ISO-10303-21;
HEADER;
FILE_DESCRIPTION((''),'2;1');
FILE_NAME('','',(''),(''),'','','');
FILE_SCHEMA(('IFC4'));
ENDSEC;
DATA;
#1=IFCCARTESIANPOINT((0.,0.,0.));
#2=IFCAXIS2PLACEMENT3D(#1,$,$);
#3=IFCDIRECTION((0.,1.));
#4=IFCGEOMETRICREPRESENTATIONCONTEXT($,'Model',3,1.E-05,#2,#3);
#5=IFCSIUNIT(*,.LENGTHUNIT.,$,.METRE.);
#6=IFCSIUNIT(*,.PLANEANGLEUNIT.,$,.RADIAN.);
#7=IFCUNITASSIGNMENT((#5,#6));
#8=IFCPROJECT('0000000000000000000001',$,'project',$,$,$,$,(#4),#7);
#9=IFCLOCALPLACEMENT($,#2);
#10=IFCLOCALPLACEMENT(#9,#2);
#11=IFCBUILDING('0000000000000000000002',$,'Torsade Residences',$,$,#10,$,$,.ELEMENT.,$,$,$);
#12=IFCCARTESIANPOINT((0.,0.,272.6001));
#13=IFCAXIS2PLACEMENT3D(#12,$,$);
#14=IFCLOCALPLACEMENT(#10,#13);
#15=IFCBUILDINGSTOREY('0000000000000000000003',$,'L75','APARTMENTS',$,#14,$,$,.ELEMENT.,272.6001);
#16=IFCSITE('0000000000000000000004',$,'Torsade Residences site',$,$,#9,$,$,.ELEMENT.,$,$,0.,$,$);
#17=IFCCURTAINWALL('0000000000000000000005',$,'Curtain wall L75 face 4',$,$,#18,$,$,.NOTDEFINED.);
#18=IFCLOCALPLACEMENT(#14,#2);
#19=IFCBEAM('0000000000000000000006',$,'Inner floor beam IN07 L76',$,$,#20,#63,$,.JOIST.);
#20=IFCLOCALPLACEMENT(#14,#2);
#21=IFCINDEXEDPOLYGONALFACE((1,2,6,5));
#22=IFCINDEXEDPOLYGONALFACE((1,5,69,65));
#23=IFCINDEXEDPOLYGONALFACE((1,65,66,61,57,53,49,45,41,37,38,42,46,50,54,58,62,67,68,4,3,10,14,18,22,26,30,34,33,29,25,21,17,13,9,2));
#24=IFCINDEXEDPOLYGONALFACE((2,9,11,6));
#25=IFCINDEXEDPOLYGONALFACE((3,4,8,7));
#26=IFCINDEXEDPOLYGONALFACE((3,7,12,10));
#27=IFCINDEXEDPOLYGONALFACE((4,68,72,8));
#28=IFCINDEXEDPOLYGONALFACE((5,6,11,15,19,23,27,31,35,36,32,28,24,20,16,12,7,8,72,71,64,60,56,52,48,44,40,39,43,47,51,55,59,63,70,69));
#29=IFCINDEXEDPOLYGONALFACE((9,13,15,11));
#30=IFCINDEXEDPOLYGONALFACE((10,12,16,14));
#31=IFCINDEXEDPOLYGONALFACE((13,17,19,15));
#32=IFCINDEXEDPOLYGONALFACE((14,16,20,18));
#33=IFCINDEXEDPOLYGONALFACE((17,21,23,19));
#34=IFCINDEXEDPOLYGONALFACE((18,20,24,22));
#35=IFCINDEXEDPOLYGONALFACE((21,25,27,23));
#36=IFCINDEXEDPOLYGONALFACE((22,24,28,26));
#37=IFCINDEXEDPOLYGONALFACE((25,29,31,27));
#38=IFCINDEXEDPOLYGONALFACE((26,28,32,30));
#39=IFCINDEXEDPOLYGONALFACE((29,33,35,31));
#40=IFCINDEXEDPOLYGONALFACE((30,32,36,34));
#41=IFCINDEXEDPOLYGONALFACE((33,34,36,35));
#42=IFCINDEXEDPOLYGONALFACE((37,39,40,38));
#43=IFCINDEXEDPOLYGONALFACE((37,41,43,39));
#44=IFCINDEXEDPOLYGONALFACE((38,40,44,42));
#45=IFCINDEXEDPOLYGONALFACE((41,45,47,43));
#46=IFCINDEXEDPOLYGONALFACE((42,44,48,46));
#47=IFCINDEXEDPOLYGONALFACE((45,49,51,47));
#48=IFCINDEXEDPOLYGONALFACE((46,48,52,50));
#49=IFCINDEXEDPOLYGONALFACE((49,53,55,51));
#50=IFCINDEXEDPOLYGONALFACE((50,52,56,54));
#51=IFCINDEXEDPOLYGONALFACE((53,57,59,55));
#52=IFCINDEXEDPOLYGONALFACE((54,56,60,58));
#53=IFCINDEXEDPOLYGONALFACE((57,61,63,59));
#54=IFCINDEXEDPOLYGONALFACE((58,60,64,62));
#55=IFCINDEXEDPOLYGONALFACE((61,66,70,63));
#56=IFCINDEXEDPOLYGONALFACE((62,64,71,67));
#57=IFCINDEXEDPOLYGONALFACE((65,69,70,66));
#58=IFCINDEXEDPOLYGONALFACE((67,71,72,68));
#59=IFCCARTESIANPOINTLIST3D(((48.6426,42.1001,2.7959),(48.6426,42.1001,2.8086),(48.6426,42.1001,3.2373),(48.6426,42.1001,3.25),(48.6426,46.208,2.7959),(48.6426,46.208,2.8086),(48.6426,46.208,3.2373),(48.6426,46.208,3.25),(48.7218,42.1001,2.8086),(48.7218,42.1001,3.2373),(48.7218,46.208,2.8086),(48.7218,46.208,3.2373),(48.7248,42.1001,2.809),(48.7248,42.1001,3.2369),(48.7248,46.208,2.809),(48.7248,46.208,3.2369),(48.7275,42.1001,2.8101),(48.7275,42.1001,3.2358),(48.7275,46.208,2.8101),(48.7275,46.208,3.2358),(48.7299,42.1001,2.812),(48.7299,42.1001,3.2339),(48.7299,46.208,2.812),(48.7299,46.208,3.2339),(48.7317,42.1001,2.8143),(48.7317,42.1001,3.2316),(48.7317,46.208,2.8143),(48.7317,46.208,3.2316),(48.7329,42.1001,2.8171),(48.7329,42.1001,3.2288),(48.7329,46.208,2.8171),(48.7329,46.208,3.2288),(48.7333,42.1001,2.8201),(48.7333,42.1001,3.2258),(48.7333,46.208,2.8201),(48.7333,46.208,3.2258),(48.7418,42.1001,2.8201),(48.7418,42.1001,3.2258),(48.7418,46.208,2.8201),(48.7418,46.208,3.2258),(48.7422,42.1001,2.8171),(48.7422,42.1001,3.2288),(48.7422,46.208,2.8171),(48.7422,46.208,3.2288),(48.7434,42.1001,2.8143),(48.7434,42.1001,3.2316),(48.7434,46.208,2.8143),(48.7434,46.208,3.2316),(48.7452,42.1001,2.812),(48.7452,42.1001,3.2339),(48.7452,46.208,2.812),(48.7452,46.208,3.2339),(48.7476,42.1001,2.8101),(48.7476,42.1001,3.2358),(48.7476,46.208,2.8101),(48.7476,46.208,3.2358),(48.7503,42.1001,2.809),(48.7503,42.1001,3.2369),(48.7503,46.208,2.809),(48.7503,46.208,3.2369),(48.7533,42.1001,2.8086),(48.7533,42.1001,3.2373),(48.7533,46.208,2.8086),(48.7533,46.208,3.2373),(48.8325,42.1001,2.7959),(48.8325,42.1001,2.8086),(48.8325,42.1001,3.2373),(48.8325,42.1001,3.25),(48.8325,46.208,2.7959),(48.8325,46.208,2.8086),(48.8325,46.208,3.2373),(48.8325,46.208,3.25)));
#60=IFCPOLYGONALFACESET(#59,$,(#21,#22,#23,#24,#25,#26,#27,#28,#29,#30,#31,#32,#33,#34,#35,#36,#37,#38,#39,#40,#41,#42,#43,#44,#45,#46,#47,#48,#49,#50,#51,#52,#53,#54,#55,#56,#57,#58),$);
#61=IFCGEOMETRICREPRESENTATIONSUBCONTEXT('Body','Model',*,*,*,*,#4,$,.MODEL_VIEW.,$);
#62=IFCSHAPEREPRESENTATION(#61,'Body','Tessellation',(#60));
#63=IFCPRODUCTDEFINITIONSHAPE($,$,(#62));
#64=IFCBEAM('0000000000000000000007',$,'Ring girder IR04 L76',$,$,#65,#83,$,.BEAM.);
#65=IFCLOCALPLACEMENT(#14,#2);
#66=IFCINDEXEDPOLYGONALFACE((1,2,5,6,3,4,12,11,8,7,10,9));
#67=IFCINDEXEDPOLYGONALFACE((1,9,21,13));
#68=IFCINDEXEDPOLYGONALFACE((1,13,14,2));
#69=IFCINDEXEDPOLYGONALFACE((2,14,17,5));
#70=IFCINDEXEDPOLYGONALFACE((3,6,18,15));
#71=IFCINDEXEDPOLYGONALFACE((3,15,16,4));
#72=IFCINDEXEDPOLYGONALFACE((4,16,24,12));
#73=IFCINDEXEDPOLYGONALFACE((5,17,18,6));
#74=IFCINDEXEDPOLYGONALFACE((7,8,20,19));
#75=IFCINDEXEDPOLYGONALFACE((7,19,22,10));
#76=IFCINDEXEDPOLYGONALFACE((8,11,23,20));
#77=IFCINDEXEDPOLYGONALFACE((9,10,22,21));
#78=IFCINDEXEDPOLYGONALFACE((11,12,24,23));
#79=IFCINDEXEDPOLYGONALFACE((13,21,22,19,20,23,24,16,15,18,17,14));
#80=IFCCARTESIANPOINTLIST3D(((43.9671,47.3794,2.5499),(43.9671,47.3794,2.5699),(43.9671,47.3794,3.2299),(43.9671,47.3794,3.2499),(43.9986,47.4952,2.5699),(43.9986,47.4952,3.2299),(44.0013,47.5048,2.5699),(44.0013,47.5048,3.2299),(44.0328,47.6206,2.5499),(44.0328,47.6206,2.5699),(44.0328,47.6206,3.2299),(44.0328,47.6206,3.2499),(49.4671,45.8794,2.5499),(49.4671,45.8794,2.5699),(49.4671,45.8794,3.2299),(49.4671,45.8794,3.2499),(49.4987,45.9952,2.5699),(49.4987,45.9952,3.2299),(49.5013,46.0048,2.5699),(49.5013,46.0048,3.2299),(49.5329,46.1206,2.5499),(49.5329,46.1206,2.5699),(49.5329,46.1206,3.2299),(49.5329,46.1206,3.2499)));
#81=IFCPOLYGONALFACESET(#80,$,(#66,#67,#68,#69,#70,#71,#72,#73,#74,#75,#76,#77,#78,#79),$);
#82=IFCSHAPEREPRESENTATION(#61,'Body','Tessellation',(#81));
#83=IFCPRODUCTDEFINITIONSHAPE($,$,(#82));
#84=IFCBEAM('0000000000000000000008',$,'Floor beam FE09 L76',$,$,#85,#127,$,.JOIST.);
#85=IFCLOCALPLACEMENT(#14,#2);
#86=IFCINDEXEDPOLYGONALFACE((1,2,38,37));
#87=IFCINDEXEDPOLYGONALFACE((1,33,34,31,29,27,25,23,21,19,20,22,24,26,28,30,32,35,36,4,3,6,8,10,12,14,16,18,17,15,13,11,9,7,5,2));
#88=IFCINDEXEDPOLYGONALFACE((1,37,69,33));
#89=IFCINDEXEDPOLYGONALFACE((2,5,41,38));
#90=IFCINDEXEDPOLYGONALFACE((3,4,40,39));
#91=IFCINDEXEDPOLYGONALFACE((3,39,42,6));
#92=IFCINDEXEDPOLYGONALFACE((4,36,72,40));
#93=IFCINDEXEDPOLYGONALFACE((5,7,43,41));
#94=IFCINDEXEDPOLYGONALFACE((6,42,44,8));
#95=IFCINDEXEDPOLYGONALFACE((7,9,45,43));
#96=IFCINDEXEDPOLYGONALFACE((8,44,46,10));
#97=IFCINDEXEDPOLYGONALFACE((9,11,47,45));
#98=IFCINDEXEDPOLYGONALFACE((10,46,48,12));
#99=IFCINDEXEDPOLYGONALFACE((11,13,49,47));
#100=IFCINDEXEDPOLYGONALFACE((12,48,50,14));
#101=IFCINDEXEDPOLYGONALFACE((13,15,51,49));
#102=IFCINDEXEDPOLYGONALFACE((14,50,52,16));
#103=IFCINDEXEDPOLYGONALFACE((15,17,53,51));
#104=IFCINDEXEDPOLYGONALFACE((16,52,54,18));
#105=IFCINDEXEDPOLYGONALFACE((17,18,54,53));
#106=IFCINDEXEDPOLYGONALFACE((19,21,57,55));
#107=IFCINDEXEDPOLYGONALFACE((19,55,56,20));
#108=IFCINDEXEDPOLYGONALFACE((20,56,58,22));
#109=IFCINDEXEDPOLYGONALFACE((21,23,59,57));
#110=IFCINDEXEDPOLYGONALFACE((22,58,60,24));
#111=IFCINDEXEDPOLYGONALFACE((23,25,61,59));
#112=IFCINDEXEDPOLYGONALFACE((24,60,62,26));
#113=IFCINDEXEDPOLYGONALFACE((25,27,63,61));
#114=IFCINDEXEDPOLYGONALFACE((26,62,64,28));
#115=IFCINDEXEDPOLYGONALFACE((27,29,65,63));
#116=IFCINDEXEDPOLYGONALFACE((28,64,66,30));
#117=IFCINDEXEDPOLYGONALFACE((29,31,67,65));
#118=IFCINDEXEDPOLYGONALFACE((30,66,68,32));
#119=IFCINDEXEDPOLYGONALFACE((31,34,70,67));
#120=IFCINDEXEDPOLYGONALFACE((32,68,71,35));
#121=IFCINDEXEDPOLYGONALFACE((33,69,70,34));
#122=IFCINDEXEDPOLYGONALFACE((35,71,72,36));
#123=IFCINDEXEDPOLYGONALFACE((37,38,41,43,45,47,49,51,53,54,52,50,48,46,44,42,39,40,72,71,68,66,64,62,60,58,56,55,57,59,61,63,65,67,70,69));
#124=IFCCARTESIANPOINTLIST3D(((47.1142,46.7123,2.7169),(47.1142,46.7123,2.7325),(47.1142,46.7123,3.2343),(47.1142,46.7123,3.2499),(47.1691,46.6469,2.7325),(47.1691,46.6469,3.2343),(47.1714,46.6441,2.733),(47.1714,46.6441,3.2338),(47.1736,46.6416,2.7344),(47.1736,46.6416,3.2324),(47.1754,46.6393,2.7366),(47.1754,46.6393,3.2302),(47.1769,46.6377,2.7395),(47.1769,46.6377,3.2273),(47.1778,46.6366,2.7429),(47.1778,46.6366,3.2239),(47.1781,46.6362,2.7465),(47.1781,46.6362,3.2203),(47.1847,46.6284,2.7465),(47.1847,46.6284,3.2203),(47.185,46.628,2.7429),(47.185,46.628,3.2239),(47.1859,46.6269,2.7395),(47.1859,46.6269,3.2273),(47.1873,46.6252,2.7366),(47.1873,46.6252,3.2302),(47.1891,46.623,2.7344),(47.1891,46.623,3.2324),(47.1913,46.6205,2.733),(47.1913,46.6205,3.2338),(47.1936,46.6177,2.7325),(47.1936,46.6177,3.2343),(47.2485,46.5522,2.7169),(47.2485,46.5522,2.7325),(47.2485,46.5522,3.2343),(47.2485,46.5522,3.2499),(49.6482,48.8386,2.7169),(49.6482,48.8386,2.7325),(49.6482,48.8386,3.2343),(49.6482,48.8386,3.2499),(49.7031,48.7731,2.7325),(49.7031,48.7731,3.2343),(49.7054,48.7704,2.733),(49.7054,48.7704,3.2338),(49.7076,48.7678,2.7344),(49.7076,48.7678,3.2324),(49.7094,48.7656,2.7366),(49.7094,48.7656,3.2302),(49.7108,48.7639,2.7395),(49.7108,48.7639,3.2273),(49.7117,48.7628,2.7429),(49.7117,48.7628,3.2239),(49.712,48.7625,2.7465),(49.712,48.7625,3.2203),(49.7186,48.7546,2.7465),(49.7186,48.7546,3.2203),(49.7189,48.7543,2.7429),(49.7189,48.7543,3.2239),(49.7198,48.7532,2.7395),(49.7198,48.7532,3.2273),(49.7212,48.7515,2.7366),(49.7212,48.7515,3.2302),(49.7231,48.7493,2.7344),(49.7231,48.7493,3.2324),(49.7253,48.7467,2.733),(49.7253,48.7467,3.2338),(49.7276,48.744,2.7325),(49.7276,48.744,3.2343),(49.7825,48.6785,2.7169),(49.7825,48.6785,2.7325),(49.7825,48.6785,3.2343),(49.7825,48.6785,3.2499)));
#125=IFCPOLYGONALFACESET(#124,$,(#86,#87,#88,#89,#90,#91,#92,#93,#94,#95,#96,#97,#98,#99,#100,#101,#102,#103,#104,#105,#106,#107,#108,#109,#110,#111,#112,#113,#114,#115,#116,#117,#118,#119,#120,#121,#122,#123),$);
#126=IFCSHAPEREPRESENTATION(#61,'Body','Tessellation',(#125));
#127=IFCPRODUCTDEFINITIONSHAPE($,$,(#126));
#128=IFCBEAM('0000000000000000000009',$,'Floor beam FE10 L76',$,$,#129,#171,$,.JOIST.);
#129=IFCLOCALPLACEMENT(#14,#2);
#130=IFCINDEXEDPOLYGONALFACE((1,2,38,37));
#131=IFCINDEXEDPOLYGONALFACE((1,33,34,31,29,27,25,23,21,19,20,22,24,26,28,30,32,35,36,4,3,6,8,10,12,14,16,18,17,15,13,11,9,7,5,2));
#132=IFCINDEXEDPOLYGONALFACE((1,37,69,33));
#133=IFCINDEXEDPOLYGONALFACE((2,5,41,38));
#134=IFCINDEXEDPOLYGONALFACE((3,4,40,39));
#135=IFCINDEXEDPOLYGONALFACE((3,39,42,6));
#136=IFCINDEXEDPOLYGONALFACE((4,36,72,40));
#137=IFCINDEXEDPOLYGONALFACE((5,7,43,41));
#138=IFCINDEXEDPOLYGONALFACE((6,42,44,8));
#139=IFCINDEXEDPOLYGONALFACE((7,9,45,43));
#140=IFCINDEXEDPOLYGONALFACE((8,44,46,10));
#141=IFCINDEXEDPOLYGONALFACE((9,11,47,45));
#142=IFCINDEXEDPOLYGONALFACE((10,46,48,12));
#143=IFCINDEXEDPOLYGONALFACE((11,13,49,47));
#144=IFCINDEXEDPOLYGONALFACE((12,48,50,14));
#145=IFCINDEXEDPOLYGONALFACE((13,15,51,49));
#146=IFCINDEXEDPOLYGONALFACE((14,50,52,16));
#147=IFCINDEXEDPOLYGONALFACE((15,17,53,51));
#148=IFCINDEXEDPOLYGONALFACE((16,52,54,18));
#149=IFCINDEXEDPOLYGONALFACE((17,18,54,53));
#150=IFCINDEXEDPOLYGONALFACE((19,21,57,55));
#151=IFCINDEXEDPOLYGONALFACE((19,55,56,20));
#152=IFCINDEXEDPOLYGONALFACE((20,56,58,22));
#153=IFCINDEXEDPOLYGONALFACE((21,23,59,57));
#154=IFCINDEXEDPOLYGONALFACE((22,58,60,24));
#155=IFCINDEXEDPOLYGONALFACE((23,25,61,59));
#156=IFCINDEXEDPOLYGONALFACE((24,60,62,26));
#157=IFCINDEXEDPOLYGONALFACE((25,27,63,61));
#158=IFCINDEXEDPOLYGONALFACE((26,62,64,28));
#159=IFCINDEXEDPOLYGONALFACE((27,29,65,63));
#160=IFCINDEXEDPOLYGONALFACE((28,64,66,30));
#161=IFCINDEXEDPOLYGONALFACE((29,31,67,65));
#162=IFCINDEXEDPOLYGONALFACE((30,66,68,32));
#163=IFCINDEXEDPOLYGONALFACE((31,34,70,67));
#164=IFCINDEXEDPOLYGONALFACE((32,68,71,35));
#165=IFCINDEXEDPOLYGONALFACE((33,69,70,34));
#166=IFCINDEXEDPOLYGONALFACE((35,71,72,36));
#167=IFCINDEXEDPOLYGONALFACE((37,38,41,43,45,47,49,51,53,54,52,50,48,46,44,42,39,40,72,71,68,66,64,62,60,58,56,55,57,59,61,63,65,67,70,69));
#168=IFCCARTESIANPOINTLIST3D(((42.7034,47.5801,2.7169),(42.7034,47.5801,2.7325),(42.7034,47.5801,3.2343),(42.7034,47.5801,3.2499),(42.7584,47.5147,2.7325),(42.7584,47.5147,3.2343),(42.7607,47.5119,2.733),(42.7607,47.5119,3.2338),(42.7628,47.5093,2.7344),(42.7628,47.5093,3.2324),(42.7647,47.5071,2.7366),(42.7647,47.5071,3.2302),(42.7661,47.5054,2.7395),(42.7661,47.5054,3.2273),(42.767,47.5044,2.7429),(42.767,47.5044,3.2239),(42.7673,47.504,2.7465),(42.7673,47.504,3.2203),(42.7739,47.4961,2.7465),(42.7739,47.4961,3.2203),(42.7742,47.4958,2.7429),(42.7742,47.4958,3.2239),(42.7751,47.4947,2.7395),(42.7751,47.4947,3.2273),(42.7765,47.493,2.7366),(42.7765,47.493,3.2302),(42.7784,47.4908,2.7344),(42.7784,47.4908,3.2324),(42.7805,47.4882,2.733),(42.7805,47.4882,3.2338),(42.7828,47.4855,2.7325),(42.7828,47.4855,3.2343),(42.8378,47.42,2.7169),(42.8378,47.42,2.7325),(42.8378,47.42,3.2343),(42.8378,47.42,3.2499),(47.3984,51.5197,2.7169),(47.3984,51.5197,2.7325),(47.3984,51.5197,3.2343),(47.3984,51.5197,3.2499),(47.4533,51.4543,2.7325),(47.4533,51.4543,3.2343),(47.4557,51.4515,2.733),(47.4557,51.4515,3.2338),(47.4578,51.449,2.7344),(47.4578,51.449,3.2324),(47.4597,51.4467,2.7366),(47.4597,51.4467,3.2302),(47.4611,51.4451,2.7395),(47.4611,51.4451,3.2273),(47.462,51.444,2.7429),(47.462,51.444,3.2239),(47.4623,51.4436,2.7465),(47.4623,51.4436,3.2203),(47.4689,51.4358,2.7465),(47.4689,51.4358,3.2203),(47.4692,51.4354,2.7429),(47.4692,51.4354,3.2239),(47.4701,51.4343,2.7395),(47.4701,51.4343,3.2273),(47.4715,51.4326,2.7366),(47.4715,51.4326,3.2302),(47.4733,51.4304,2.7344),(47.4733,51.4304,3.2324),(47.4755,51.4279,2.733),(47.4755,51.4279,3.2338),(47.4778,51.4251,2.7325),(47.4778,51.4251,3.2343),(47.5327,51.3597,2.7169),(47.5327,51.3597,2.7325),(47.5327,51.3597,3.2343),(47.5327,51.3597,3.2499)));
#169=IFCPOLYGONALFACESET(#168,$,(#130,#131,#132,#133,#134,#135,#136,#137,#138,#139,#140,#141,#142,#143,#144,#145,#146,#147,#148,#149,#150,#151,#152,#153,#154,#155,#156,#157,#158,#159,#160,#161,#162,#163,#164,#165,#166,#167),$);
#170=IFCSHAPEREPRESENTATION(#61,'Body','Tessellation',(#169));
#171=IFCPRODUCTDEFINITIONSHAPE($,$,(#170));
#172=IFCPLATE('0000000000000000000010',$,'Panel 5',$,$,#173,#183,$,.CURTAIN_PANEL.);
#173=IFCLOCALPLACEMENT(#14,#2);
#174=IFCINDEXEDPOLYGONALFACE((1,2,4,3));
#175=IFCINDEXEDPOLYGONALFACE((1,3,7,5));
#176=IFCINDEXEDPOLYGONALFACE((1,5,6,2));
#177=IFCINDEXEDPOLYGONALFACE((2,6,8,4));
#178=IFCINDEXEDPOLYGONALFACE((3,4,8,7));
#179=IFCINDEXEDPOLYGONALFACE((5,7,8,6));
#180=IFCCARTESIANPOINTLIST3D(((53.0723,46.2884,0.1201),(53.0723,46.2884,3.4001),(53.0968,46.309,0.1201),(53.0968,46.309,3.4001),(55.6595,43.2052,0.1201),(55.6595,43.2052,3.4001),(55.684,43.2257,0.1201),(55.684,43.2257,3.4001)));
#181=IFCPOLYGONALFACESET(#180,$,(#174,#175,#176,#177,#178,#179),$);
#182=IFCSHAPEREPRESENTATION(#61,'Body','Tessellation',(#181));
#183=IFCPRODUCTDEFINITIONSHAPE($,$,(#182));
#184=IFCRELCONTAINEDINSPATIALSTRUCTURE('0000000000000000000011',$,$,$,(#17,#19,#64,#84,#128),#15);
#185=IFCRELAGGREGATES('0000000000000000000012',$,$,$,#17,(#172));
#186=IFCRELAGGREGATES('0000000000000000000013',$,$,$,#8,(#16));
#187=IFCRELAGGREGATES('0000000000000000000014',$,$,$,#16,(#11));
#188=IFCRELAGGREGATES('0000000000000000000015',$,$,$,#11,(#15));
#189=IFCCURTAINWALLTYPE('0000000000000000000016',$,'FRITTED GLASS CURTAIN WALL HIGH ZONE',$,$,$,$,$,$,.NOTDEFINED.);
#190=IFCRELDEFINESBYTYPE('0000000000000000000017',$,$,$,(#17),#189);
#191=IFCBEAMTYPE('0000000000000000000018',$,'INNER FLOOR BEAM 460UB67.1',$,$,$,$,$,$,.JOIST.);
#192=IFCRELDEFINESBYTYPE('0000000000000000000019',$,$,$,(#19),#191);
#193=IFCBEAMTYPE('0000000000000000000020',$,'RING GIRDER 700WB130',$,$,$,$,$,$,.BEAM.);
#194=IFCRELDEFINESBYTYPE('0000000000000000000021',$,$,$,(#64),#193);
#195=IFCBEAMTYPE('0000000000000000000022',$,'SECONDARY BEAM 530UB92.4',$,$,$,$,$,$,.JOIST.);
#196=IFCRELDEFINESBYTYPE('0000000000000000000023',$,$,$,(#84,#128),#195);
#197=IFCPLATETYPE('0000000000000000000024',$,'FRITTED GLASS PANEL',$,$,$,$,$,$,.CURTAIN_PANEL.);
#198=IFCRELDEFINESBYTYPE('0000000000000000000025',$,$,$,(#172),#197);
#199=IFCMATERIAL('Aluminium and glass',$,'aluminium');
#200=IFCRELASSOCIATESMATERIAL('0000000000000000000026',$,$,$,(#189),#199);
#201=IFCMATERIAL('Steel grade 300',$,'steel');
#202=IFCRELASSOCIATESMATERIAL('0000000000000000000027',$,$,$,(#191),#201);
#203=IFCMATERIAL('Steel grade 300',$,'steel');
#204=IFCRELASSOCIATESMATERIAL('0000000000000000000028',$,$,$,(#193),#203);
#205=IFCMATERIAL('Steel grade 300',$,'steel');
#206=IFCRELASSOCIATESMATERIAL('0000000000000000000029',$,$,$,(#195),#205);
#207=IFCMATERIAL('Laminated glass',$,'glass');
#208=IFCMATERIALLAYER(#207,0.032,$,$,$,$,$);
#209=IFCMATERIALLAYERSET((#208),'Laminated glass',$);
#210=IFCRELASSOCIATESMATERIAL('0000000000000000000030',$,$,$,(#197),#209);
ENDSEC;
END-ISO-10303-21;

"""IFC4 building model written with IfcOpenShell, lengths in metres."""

from ifc_helpers import new_model, si_unit, direction, frame, origin, origin_2d, place, context, subcontext, project, spatial, rectangle, i_section, extrude, material, layer, layer_set, material_profile, profile_set, type_object, element, aggregate, save


model = new_model("IFC4")

# Units and contexts
model_context = context("Model", 3, precision=1e-05, world=origin(), true_north=direction((0.0, 1.0)))
body_context = subcontext(model_context, "Body", "Model", "MODEL_VIEW")
ifc_project = project(units=[si_unit("LENGTHUNIT", "METRE"), si_unit("PLANEANGLEUNIT", "RADIAN")], contexts=[model_context])

# Site, building, storey
site_placement = place(None, origin())
site = spatial("IfcSite", under=ifc_project, at=site_placement, Name="Torsade Residences site", CompositionType="ELEMENT", RefElevation=0.0)
building_placement = place(site_placement, origin())
building = spatial("IfcBuilding", under=site, at=building_placement, Name="Torsade Residences", CompositionType="ELEMENT")
storey_placement = place(building_placement, frame((0.0, 0.0, 272.6001)))
storey = spatial("IfcBuildingStorey", under=building, at=storey_placement, Name="L75", Description="APARTMENTS", CompositionType="ELEMENT", Elevation=272.6001)

# Curtain wall
ifc_material_1 = material(Name="Aluminium and glass", Category="aluminium")
curtain_wall_type = type_object("IfcCurtainWallType", Name="FRITTED GLASS CURTAIN WALL HIGH ZONE", PredefinedType="NOTDEFINED", material=ifc_material_1)
curtain_wall_placement = place(storey_placement, origin())
curtain_wall = element("IfcCurtainWall", 1, at=curtain_wall_placement, inside=storey, type_object=curtain_wall_type, Name="Curtain wall L75 face 4", PredefinedType="NOTDEFINED")

# Beams
ifc_material_2 = material(Name="Steel grade 300", Category="steel")
ifc_material_profile_1 = material_profile(ifc_material_2, i_section(OverallWidth=0.1899, OverallDepth=0.4541, WebThickness=0.0085, FlangeThickness=0.0127, FilletRadius=0.0115, at=origin_2d()), Name="460UB67.1")
ifc_profile_set_1 = profile_set([ifc_material_profile_1], Name="Steel grade 300")
beam_type_1 = type_object("IfcBeamType", Name="INNER FLOOR BEAM 460UB67.1", PredefinedType="JOIST", material=ifc_profile_set_1)
beam_1_placement = place(storey_placement, frame((48.7375, 42.1001, 3.0229), z_axis=(0.0, 1.0, 0.0), x_axis=(-1.0, 0.0, 0.0)))
element("IfcBeam", 2, at=beam_1_placement, inside=storey, type_object=beam_type_1, Name="Inner floor beam IN07 L76", PredefinedType="JOIST", context=body_context, shape_type="SweptSolid", body=[
    extrude(i_section(OverallWidth=0.1899, OverallDepth=0.4541, WebThickness=0.0085, FlangeThickness=0.0127, FilletRadius=0.0115, at=origin_2d()), origin(), (0.0, 0.0, 1.0), 4.1079),
])
ifc_material_3 = material(Name="Steel grade 300", Category="steel")
ifc_material_profile_2 = material_profile(ifc_material_3, i_section(OverallWidth=0.25, OverallDepth=0.7, WebThickness=0.01, FlangeThickness=0.02, at=origin_2d()), Name="700WB130")
ifc_profile_set_2 = profile_set([ifc_material_profile_2], Name="Steel grade 300")
beam_type_2 = type_object("IfcBeamType", Name="RING GIRDER 700WB130", PredefinedType="BEAM", material=ifc_profile_set_2)
beam_2_placement = place(storey_placement, frame((49.5, 46.0, 2.8999), z_axis=(-0.964764, 0.263117, 0.0), x_axis=(-0.263117, -0.964764, 0.0)))
element("IfcBeam", 3, at=beam_2_placement, inside=storey, type_object=beam_type_2, Name="Ring girder IR04 L76", PredefinedType="BEAM", context=body_context, shape_type="SweptSolid", body=[
    extrude(i_section(OverallWidth=0.25, OverallDepth=0.7, WebThickness=0.01, FlangeThickness=0.02, at=origin_2d()), origin(), (0.0, 0.0, 1.0), 5.7009),
])
ifc_material_4 = material(Name="Steel grade 300", Category="steel")
ifc_material_profile_3 = material_profile(ifc_material_4, i_section(OverallWidth=0.209, OverallDepth=0.533, WebThickness=0.0103, FlangeThickness=0.0156, FilletRadius=0.0139, at=origin_2d()), Name="530UB92.4")
ifc_profile_set_3 = profile_set([ifc_material_profile_3], Name="Steel grade 300")
beam_type_3 = type_object("IfcBeamType", Name="SECONDARY BEAM 530UB92.4", PredefinedType="JOIST", material=ifc_profile_set_3)
beam_3_placement = place(storey_placement, frame((49.7153, 48.7585, 2.9834), z_axis=(-0.766045, -0.642787, 0.0), x_axis=(0.642787, -0.766045, 0.0)))
element("IfcBeam", 4, at=beam_3_placement, inside=storey, type_object=beam_type_3, Name="Floor beam FE09 L76", PredefinedType="JOIST", context=body_context, shape_type="SweptSolid", body=[
    extrude(i_section(OverallWidth=0.209, OverallDepth=0.533, WebThickness=0.0103, FlangeThickness=0.0156, FilletRadius=0.0139, at=origin_2d()), origin(), (0.0, 0.0, 1.0), 3.3079),
])
beam_4_placement = place(storey_placement, frame((47.4656, 51.4397, 2.9834), z_axis=(-0.766039, -0.642794, 0.0), x_axis=(0.642794, -0.766039, 0.0)))
element("IfcBeam", 5, at=beam_4_placement, inside=storey, type_object=beam_type_3, Name="Floor beam FE10 L76", PredefinedType="JOIST", context=body_context, shape_type="SweptSolid", body=[
    extrude(i_section(OverallWidth=0.209, OverallDepth=0.533, WebThickness=0.0103, FlangeThickness=0.0156, FilletRadius=0.0139, at=origin_2d()), origin(), (0.0, 0.0, 1.0), 6.1289),
])

# Plate
ifc_material_5 = material(Name="Laminated glass", Category="glass")
ifc_layer_1 = layer(ifc_material_5, 0.032)
ifc_layer_set_1 = layer_set([ifc_layer_1], Name="Laminated glass")
plate_type_1 = type_object("IfcPlateType", Name="FRITTED GLASS PANEL", PredefinedType="CURTAIN_PANEL", material=ifc_layer_set_1)
plate_1_placement = place(storey_placement, frame((54.3782, 44.7571, 0.1201), z_axis=(0.0, 0.0, 1.0), x_axis=(-0.642788, 0.766044, 0.0)))
plate_1 = element("IfcPlate", 6, at=plate_1_placement, type_object=plate_type_1, Name="Panel 5", PredefinedType="CURTAIN_PANEL", context=body_context, shape_type="SweptSolid", body=[
    extrude(rectangle(XDim=4.0249, YDim=0.032, at=origin_2d()), origin(), (0.0, 0.0, 1.0), 3.28),
])
aggregate(curtain_wall, [plate_1])

save(model, "model.ifc")
